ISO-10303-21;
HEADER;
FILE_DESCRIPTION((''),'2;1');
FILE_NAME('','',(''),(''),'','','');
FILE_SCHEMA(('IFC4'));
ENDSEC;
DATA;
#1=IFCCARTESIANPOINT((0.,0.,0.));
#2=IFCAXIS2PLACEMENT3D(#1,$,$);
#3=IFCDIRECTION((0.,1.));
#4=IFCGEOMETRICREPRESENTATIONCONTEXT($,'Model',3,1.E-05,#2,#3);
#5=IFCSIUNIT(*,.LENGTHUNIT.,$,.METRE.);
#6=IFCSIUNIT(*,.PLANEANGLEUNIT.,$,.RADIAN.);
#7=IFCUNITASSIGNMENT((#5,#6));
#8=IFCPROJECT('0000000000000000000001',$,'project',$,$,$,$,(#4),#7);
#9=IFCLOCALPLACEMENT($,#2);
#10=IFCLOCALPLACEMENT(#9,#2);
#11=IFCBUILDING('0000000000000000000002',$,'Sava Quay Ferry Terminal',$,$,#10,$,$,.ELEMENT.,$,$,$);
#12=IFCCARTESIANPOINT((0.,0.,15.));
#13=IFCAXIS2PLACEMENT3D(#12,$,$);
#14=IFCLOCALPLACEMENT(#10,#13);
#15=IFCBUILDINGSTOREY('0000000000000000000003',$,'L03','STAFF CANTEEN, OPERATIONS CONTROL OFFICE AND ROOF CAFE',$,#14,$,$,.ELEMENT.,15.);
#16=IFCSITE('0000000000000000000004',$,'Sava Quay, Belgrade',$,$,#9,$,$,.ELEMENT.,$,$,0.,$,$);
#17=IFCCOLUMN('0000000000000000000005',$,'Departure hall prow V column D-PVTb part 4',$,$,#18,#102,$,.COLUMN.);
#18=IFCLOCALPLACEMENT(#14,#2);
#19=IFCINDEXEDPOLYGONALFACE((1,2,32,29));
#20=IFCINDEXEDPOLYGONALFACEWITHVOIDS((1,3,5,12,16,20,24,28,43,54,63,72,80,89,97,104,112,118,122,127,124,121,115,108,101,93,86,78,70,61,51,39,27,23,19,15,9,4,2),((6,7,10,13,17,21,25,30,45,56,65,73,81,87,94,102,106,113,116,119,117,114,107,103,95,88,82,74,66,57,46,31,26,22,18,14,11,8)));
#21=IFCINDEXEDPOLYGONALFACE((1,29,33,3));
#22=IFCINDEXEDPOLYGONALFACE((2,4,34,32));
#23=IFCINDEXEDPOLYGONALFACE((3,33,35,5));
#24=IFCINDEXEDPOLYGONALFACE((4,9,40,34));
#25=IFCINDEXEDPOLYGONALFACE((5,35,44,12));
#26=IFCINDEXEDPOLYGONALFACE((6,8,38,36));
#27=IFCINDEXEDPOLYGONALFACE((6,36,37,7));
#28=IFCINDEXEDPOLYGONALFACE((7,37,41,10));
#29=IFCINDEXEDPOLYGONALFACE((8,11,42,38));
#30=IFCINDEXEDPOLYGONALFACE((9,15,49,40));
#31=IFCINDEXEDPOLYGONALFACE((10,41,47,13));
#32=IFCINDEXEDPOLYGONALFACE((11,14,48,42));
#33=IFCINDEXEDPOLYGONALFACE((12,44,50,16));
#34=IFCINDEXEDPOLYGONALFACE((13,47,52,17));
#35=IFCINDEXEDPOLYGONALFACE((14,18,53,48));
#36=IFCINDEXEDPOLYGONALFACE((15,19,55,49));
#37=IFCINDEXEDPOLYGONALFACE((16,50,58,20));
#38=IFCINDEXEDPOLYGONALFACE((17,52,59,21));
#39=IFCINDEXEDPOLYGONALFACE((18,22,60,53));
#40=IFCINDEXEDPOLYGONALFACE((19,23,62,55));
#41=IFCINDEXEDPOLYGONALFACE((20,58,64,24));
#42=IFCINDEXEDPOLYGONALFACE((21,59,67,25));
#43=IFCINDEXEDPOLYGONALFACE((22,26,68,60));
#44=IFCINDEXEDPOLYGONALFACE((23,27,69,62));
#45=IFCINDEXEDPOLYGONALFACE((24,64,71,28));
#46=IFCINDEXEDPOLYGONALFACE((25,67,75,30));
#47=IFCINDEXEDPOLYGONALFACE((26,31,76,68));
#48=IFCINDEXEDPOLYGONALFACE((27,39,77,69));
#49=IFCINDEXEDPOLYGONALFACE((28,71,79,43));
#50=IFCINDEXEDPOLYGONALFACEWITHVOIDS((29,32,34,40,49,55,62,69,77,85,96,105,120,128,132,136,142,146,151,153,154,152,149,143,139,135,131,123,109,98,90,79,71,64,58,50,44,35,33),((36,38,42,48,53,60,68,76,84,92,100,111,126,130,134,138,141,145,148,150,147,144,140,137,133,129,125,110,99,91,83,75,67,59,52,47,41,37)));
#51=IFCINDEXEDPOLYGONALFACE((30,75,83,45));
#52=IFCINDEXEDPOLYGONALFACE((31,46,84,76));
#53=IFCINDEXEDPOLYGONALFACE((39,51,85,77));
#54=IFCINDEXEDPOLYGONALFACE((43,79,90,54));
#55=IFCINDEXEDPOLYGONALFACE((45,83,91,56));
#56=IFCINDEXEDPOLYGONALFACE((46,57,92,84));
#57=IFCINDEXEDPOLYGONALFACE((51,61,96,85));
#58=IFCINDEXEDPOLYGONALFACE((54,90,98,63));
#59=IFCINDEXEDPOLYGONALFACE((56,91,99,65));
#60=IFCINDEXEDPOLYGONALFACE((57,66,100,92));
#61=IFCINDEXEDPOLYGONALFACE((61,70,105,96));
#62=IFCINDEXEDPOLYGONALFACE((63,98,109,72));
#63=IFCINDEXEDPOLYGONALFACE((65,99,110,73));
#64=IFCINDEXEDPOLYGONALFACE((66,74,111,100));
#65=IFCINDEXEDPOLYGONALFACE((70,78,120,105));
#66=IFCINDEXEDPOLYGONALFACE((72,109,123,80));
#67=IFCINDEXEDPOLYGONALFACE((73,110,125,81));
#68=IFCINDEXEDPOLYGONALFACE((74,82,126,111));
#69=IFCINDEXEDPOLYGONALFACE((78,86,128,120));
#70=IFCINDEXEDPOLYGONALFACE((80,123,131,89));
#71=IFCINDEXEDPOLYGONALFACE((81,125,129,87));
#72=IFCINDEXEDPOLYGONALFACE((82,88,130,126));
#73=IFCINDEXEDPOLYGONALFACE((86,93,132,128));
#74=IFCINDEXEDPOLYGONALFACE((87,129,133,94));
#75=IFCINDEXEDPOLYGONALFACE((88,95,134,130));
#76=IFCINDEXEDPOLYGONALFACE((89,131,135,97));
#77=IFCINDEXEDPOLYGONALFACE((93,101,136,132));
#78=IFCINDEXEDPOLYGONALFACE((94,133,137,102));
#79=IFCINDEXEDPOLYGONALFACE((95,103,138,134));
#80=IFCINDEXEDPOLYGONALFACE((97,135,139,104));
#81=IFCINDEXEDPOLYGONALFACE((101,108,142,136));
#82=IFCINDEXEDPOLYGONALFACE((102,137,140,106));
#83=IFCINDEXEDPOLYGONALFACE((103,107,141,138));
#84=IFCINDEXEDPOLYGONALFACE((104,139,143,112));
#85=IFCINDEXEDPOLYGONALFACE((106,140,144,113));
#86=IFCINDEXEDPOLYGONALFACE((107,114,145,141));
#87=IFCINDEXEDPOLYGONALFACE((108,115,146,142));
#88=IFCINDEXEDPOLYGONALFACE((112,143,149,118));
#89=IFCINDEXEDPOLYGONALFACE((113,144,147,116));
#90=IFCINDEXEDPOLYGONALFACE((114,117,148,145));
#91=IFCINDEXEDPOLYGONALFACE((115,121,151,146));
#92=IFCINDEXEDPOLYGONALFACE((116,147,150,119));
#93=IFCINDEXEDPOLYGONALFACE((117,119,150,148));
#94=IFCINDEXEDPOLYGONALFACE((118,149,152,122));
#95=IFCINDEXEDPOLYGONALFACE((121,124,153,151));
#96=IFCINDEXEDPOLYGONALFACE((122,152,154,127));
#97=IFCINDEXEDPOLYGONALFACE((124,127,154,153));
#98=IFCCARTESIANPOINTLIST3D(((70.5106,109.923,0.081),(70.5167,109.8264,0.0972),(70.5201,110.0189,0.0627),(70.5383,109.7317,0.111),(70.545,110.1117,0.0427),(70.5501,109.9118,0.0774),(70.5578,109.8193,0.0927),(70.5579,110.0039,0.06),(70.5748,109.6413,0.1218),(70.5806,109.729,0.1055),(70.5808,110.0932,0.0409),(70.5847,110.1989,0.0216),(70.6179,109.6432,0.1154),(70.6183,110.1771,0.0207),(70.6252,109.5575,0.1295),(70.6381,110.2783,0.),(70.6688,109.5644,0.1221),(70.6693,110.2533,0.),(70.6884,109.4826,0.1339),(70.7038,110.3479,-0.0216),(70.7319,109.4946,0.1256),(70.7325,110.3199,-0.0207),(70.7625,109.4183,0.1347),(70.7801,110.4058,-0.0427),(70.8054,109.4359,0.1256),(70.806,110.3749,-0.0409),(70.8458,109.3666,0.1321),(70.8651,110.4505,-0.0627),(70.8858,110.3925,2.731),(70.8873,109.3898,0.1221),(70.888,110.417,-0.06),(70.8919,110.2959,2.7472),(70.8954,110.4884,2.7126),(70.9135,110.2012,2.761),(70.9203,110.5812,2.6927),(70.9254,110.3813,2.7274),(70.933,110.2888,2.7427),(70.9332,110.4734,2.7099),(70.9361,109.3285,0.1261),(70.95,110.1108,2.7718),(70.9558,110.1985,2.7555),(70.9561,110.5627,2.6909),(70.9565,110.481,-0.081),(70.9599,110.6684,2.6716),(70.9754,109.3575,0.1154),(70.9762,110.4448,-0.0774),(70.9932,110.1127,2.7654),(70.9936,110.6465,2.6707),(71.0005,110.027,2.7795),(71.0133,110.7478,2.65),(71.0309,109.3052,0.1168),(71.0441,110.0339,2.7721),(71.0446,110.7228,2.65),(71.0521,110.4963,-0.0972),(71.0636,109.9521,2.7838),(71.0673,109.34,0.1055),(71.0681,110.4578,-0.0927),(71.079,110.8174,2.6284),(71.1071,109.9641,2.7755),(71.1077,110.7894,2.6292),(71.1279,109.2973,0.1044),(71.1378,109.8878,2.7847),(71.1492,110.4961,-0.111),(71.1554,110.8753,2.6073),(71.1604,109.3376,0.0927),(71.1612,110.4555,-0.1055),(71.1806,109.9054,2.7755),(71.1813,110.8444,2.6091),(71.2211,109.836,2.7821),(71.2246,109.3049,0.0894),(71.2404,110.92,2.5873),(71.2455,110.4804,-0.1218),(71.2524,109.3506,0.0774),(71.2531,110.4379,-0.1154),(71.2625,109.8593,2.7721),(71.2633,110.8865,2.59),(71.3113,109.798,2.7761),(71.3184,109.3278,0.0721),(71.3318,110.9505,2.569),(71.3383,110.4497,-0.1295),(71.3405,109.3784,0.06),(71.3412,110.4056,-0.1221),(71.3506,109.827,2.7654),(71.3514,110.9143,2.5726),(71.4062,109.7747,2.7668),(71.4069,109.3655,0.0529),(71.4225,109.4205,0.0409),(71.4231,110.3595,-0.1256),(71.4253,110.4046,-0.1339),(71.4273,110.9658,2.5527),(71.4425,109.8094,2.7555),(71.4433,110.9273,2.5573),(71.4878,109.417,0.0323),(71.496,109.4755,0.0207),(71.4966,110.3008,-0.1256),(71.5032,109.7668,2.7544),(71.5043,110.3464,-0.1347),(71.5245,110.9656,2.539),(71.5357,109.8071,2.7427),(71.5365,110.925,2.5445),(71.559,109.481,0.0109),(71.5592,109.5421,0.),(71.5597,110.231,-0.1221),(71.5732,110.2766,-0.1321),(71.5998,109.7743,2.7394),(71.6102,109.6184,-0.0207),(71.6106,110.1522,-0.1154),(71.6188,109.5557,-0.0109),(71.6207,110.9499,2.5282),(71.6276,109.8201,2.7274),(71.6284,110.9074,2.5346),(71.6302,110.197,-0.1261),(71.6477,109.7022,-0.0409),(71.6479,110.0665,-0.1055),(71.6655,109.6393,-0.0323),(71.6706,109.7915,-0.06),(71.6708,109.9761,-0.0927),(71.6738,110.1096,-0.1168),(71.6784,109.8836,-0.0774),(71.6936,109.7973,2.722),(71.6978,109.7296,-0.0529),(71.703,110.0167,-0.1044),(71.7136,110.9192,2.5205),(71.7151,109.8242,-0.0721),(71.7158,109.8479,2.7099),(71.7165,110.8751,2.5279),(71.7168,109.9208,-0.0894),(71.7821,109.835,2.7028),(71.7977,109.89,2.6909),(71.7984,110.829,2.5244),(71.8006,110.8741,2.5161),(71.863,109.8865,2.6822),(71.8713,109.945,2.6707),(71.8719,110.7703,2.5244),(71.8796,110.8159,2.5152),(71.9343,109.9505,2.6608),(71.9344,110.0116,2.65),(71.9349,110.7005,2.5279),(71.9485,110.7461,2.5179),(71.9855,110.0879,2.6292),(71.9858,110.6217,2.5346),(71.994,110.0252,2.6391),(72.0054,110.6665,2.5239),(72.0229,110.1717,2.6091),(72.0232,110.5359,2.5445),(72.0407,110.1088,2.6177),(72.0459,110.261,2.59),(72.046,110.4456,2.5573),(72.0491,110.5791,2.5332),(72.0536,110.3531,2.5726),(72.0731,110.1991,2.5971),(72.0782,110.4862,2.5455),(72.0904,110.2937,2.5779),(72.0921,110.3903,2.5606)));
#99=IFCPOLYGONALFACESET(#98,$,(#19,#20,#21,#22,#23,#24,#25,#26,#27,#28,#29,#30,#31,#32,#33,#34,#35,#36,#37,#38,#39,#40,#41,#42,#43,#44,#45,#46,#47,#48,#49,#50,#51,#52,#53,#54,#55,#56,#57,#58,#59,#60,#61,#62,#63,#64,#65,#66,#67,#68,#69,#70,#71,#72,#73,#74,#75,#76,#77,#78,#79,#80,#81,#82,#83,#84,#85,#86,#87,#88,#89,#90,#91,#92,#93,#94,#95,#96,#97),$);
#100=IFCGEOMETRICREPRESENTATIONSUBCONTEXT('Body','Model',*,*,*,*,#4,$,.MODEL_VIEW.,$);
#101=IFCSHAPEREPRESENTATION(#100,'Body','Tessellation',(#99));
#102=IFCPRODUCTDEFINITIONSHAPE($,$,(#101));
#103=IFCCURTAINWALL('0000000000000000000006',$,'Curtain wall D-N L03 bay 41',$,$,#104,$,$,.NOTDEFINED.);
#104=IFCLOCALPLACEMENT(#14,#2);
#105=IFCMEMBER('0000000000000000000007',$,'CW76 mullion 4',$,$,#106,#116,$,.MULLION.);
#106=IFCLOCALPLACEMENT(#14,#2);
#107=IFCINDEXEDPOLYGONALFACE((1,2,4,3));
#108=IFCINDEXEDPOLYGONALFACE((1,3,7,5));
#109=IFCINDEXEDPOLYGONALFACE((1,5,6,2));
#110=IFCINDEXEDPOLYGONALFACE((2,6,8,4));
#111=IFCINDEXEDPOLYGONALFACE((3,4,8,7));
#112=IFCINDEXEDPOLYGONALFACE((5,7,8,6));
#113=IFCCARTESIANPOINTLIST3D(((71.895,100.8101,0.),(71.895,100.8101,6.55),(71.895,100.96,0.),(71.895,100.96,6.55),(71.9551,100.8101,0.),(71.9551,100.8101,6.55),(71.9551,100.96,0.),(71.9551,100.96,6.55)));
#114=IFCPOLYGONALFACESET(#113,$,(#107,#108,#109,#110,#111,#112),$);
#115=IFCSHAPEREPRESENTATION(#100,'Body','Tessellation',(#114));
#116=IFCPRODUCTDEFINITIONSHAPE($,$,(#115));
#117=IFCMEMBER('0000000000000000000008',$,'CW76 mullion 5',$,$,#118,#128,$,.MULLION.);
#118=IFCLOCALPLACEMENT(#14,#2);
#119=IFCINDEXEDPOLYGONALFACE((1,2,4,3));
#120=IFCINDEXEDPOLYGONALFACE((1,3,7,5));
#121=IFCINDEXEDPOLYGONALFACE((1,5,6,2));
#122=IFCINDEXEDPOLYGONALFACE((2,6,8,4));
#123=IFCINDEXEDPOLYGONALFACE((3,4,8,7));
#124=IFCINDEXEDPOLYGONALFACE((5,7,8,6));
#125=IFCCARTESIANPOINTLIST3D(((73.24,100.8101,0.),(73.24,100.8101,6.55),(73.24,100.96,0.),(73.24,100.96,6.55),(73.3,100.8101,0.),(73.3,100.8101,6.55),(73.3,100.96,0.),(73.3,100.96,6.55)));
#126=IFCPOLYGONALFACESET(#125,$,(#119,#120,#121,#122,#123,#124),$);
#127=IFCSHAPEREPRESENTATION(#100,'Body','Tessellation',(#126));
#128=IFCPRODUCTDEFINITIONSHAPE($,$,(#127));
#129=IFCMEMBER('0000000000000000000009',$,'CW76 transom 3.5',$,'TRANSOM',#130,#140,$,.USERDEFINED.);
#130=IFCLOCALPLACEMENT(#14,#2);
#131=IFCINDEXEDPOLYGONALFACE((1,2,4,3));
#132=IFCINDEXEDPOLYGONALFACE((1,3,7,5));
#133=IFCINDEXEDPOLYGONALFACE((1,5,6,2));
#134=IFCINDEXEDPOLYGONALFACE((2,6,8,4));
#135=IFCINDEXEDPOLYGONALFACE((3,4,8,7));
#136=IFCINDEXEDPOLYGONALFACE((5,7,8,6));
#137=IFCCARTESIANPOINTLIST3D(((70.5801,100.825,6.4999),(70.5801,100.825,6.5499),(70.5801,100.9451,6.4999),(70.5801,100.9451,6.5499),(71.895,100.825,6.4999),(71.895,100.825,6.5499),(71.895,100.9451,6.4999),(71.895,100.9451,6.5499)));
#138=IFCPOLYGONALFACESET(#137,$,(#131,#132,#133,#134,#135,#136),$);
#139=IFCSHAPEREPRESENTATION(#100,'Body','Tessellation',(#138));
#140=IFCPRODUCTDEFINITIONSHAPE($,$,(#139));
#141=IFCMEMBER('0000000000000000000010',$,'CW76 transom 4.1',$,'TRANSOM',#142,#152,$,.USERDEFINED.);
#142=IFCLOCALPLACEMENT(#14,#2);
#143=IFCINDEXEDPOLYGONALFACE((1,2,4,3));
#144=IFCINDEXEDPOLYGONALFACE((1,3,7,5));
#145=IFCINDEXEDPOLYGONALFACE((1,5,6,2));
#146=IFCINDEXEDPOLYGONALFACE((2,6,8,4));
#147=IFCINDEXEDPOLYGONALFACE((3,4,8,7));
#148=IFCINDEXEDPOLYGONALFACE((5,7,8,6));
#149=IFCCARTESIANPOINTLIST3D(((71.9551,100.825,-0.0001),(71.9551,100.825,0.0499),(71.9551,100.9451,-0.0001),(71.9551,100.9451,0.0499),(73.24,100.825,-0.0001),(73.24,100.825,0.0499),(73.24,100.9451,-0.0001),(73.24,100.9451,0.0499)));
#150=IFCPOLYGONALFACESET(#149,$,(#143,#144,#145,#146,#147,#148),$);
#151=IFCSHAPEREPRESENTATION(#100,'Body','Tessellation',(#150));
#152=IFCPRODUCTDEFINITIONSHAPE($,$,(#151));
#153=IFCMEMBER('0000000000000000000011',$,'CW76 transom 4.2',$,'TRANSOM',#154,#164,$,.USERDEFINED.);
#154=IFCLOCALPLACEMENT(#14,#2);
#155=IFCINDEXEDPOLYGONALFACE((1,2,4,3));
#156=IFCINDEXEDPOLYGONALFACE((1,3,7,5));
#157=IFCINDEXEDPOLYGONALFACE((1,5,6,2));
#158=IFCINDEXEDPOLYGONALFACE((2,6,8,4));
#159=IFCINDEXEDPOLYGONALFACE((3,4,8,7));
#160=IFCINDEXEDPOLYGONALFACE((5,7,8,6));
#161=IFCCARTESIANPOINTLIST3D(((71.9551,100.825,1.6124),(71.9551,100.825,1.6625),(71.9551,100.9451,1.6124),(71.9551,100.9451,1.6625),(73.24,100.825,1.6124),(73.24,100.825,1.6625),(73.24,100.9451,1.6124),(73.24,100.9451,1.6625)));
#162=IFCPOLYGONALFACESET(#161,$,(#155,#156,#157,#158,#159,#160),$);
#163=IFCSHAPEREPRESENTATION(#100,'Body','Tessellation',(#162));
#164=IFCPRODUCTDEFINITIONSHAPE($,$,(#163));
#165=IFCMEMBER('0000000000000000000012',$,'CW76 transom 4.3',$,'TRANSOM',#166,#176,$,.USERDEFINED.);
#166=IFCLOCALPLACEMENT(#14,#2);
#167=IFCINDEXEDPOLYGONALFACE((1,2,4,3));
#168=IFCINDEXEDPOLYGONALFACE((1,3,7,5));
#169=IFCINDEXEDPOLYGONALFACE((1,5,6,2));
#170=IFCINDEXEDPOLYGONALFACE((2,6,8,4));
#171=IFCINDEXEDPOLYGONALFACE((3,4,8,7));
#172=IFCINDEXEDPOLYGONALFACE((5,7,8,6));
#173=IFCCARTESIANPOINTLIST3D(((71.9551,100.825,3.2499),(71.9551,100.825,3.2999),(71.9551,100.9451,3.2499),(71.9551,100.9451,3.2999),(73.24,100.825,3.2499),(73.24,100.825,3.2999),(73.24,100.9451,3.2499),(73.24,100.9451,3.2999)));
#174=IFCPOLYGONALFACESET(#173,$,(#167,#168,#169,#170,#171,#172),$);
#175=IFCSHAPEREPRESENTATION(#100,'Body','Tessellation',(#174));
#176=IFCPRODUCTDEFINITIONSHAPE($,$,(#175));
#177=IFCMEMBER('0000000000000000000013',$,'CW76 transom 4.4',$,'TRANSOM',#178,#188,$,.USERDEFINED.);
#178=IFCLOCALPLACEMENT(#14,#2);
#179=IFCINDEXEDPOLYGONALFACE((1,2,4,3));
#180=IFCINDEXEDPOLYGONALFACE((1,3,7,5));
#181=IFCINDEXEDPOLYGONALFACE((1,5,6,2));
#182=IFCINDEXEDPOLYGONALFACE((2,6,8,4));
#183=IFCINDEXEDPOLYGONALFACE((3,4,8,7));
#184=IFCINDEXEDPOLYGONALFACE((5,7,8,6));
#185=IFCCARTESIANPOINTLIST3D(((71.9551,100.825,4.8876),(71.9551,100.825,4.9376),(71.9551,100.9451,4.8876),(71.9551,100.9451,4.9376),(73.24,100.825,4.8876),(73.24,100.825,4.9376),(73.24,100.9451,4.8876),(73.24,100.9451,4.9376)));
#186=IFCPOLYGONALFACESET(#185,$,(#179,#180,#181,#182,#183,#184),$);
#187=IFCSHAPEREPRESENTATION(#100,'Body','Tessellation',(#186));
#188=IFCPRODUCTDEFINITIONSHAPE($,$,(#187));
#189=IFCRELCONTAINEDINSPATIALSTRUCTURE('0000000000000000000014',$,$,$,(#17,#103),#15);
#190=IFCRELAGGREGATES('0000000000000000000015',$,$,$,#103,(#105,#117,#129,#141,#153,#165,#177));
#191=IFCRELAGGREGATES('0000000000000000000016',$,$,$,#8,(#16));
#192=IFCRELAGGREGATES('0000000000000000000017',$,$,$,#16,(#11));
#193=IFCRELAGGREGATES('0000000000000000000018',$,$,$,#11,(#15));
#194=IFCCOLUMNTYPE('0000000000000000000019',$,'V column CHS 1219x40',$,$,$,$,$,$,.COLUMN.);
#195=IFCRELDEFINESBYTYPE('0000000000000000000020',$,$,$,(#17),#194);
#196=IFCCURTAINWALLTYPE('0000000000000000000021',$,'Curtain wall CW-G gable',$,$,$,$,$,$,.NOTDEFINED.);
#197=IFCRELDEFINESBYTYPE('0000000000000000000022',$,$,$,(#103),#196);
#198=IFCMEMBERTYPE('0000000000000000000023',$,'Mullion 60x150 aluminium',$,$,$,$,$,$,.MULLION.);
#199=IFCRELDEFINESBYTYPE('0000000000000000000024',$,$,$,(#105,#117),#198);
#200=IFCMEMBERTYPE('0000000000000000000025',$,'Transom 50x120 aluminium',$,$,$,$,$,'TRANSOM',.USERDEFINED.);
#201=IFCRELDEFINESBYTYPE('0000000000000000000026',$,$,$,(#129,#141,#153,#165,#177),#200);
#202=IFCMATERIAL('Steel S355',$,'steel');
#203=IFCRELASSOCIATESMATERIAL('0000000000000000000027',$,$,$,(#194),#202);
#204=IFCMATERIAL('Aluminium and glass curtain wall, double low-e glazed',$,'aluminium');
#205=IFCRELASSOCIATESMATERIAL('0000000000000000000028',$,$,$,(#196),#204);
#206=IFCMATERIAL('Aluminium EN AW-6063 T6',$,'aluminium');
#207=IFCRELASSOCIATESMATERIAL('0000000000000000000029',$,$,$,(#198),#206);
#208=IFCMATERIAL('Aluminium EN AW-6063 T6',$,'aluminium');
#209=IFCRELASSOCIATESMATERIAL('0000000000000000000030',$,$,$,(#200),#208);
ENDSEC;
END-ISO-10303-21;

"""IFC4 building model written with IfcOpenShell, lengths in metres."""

from ifc_helpers import new_model, si_unit, direction, frame, origin, origin_2d, place, context, subcontext, project, spatial, rectangle, hollow_circle, extrude, material, material_profile, profile_set, type_object, element, aggregate, save


model = new_model("IFC4")

# Units and contexts
model_context = context("Model", 3, precision=1e-05, world=origin(), true_north=direction((0.0, 1.0)))
body_context = subcontext(model_context, "Body", "Model", "MODEL_VIEW")
ifc_project = project(units=[si_unit("LENGTHUNIT", "METRE"), si_unit("PLANEANGLEUNIT", "RADIAN")], contexts=[model_context])

# Site, building, storey
site_placement = place(None, origin())
site = spatial("IfcSite", under=ifc_project, at=site_placement, Name="Sava Quay, Belgrade", CompositionType="ELEMENT", RefElevation=0.0)
building_placement = place(site_placement, origin())
building = spatial("IfcBuilding", under=site, at=building_placement, Name="Sava Quay Ferry Terminal", CompositionType="ELEMENT")
storey_placement = place(building_placement, frame((0.0, 0.0, 15.0)))
storey = spatial("IfcBuildingStorey", under=building, at=storey_placement, Name="L03", Description="STAFF CANTEEN, OPERATIONS CONTROL OFFICE AND ROOF CAFE", CompositionType="ELEMENT", Elevation=15.0)

# Column
ifc_material_1 = material(Name="Steel S355", Category="steel")
ifc_material_profile_1 = material_profile(ifc_material_1, hollow_circle(Radius=0.6096, WallThickness=0.04, at=origin_2d()), Name="CHS 1219 x 40.0")
ifc_profile_set_1 = profile_set([ifc_material_profile_1], Name="Steel S355")
column_type = type_object("IfcColumnType", Name="V column CHS 1219x40", PredefinedType="COLUMN", material=ifc_profile_set_1)
column_placement = place(storey_placement, frame((71.1143, 109.8977, 0.0), z_axis=(0.138099, 0.172781, 0.975231), x_axis=(-0.781146, 0.624348, 0.0)))
element("IfcColumn", 1, at=column_placement, inside=storey, type_object=column_type, Name="Departure hall prow V column D-PVTb part 4", PredefinedType="COLUMN", context=body_context, shape_type="SweptSolid", body=[
    extrude(hollow_circle(Radius=0.6096, WallThickness=0.04, at=origin_2d()), origin(), (0.0, 0.0, 1.0), 2.7173),
])

# Curtain wall, members
ifc_material_2 = material(Name="Aluminium and glass curtain wall, double low-e glazed", Category="aluminium")
curtain_wall_type = type_object("IfcCurtainWallType", Name="Curtain wall CW-G gable", PredefinedType="NOTDEFINED", material=ifc_material_2)
curtain_wall_placement = place(storey_placement, origin())
curtain_wall = element("IfcCurtainWall", 2, at=curtain_wall_placement, inside=storey, type_object=curtain_wall_type, Name="Curtain wall D-N L03 bay 41", PredefinedType="NOTDEFINED")
ifc_material_3 = material(Name="Aluminium EN AW-6063 T6", Category="aluminium")
ifc_material_profile_2 = material_profile(ifc_material_3, rectangle(XDim=0.1499, YDim=0.0601, at=origin_2d()), Name="Mullion 60x150 aluminium")
ifc_profile_set_2 = profile_set([ifc_material_profile_2], Name="Aluminium EN AW-6063 T6")
member_type_1 = type_object("IfcMemberType", Name="Mullion 60x150 aluminium", PredefinedType="MULLION", material=ifc_profile_set_2)
member_1_placement = place(storey_placement, frame((71.925, 100.885, 0.0), z_axis=(0.0, 0.0, 1.0), x_axis=(0.0, 1.0, 0.0)))
member_1 = element("IfcMember", 3, at=member_1_placement, type_object=member_type_1, Name="CW76 mullion 4", PredefinedType="MULLION", context=body_context, shape_type="SweptSolid", body=[
    extrude(rectangle(XDim=0.1499, YDim=0.0601, at=origin_2d()), origin(), (0.0, 0.0, 1.0), 6.55),
])
member_2_placement = place(storey_placement, frame((73.27, 100.885, 0.0), z_axis=(0.0, 0.0, 1.0), x_axis=(0.0, 1.0, 0.0)))
member_2 = element("IfcMember", 4, at=member_2_placement, type_object=member_type_1, Name="CW76 mullion 5", PredefinedType="MULLION", context=body_context, shape_type="SweptSolid", body=[
    extrude(rectangle(XDim=0.1499, YDim=0.0601, at=origin_2d()), origin(), (0.0, 0.0, 1.0), 6.55),
])
ifc_material_4 = material(Name="Aluminium EN AW-6063 T6", Category="aluminium")
ifc_material_profile_3 = material_profile(ifc_material_4, rectangle(XDim=0.1201, YDim=0.05, at=origin_2d()), Name="Transom 50x120 aluminium")
ifc_profile_set_3 = profile_set([ifc_material_profile_3], Name="Aluminium EN AW-6063 T6")
member_type_2 = type_object("IfcMemberType", Name="Transom 50x120 aluminium", ElementType="TRANSOM", PredefinedType="USERDEFINED", material=ifc_profile_set_3)
member_3_placement = place(storey_placement, frame((70.5801, 100.885, 6.5249), z_axis=(1.0, 0.0, 0.0), x_axis=(0.0, 1.0, 0.0)))
member_3 = element("IfcMember", 5, at=member_3_placement, type_object=member_type_2, Name="CW76 transom 3.5", ObjectType="TRANSOM", PredefinedType="USERDEFINED", context=body_context, shape_type="SweptSolid", body=[
    extrude(rectangle(XDim=0.1201, YDim=0.05, at=origin_2d()), origin(), (0.0, 0.0, 1.0), 1.3149),
])
member_4_placement = place(storey_placement, frame((71.9551, 100.885, 0.0249), z_axis=(1.0, 0.0, 0.0), x_axis=(0.0, 1.0, 0.0)))
member_4 = element("IfcMember", 6, at=member_4_placement, type_object=member_type_2, Name="CW76 transom 4.1", ObjectType="TRANSOM", PredefinedType="USERDEFINED", context=body_context, shape_type="SweptSolid", body=[
    extrude(rectangle(XDim=0.1201, YDim=0.05, at=origin_2d()), origin(), (0.0, 0.0, 1.0), 1.2849),
])
member_5_placement = place(storey_placement, frame((71.9551, 100.885, 1.6375), z_axis=(1.0, 0.0, 0.0), x_axis=(0.0, 1.0, 0.0)))
member_5 = element("IfcMember", 7, at=member_5_placement, type_object=member_type_2, Name="CW76 transom 4.2", ObjectType="TRANSOM", PredefinedType="USERDEFINED", context=body_context, shape_type="SweptSolid", body=[
    extrude(rectangle(XDim=0.1201, YDim=0.05, at=origin_2d()), origin(), (0.0, 0.0, 1.0), 1.2849),
])
member_6_placement = place(storey_placement, frame((71.9551, 100.885, 3.2749), z_axis=(1.0, 0.0, 0.0), x_axis=(0.0, 1.0, 0.0)))
member_6 = element("IfcMember", 8, at=member_6_placement, type_object=member_type_2, Name="CW76 transom 4.3", ObjectType="TRANSOM", PredefinedType="USERDEFINED", context=body_context, shape_type="SweptSolid", body=[
    extrude(rectangle(XDim=0.1201, YDim=0.05, at=origin_2d()), origin(), (0.0, 0.0, 1.0), 1.2849),
])
member_7_placement = place(storey_placement, frame((71.9551, 100.885, 4.9126), z_axis=(1.0, 0.0, 0.0), x_axis=(0.0, 1.0, 0.0)))
member_7 = element("IfcMember", 9, at=member_7_placement, type_object=member_type_2, Name="CW76 transom 4.4", ObjectType="TRANSOM", PredefinedType="USERDEFINED", context=body_context, shape_type="SweptSolid", body=[
    extrude(rectangle(XDim=0.1201, YDim=0.05, at=origin_2d()), origin(), (0.0, 0.0, 1.0), 1.2849),
])
aggregate(curtain_wall, [member_1, member_2, member_3, member_4, member_5, member_6, member_7])

save(model, "model.ifc")
